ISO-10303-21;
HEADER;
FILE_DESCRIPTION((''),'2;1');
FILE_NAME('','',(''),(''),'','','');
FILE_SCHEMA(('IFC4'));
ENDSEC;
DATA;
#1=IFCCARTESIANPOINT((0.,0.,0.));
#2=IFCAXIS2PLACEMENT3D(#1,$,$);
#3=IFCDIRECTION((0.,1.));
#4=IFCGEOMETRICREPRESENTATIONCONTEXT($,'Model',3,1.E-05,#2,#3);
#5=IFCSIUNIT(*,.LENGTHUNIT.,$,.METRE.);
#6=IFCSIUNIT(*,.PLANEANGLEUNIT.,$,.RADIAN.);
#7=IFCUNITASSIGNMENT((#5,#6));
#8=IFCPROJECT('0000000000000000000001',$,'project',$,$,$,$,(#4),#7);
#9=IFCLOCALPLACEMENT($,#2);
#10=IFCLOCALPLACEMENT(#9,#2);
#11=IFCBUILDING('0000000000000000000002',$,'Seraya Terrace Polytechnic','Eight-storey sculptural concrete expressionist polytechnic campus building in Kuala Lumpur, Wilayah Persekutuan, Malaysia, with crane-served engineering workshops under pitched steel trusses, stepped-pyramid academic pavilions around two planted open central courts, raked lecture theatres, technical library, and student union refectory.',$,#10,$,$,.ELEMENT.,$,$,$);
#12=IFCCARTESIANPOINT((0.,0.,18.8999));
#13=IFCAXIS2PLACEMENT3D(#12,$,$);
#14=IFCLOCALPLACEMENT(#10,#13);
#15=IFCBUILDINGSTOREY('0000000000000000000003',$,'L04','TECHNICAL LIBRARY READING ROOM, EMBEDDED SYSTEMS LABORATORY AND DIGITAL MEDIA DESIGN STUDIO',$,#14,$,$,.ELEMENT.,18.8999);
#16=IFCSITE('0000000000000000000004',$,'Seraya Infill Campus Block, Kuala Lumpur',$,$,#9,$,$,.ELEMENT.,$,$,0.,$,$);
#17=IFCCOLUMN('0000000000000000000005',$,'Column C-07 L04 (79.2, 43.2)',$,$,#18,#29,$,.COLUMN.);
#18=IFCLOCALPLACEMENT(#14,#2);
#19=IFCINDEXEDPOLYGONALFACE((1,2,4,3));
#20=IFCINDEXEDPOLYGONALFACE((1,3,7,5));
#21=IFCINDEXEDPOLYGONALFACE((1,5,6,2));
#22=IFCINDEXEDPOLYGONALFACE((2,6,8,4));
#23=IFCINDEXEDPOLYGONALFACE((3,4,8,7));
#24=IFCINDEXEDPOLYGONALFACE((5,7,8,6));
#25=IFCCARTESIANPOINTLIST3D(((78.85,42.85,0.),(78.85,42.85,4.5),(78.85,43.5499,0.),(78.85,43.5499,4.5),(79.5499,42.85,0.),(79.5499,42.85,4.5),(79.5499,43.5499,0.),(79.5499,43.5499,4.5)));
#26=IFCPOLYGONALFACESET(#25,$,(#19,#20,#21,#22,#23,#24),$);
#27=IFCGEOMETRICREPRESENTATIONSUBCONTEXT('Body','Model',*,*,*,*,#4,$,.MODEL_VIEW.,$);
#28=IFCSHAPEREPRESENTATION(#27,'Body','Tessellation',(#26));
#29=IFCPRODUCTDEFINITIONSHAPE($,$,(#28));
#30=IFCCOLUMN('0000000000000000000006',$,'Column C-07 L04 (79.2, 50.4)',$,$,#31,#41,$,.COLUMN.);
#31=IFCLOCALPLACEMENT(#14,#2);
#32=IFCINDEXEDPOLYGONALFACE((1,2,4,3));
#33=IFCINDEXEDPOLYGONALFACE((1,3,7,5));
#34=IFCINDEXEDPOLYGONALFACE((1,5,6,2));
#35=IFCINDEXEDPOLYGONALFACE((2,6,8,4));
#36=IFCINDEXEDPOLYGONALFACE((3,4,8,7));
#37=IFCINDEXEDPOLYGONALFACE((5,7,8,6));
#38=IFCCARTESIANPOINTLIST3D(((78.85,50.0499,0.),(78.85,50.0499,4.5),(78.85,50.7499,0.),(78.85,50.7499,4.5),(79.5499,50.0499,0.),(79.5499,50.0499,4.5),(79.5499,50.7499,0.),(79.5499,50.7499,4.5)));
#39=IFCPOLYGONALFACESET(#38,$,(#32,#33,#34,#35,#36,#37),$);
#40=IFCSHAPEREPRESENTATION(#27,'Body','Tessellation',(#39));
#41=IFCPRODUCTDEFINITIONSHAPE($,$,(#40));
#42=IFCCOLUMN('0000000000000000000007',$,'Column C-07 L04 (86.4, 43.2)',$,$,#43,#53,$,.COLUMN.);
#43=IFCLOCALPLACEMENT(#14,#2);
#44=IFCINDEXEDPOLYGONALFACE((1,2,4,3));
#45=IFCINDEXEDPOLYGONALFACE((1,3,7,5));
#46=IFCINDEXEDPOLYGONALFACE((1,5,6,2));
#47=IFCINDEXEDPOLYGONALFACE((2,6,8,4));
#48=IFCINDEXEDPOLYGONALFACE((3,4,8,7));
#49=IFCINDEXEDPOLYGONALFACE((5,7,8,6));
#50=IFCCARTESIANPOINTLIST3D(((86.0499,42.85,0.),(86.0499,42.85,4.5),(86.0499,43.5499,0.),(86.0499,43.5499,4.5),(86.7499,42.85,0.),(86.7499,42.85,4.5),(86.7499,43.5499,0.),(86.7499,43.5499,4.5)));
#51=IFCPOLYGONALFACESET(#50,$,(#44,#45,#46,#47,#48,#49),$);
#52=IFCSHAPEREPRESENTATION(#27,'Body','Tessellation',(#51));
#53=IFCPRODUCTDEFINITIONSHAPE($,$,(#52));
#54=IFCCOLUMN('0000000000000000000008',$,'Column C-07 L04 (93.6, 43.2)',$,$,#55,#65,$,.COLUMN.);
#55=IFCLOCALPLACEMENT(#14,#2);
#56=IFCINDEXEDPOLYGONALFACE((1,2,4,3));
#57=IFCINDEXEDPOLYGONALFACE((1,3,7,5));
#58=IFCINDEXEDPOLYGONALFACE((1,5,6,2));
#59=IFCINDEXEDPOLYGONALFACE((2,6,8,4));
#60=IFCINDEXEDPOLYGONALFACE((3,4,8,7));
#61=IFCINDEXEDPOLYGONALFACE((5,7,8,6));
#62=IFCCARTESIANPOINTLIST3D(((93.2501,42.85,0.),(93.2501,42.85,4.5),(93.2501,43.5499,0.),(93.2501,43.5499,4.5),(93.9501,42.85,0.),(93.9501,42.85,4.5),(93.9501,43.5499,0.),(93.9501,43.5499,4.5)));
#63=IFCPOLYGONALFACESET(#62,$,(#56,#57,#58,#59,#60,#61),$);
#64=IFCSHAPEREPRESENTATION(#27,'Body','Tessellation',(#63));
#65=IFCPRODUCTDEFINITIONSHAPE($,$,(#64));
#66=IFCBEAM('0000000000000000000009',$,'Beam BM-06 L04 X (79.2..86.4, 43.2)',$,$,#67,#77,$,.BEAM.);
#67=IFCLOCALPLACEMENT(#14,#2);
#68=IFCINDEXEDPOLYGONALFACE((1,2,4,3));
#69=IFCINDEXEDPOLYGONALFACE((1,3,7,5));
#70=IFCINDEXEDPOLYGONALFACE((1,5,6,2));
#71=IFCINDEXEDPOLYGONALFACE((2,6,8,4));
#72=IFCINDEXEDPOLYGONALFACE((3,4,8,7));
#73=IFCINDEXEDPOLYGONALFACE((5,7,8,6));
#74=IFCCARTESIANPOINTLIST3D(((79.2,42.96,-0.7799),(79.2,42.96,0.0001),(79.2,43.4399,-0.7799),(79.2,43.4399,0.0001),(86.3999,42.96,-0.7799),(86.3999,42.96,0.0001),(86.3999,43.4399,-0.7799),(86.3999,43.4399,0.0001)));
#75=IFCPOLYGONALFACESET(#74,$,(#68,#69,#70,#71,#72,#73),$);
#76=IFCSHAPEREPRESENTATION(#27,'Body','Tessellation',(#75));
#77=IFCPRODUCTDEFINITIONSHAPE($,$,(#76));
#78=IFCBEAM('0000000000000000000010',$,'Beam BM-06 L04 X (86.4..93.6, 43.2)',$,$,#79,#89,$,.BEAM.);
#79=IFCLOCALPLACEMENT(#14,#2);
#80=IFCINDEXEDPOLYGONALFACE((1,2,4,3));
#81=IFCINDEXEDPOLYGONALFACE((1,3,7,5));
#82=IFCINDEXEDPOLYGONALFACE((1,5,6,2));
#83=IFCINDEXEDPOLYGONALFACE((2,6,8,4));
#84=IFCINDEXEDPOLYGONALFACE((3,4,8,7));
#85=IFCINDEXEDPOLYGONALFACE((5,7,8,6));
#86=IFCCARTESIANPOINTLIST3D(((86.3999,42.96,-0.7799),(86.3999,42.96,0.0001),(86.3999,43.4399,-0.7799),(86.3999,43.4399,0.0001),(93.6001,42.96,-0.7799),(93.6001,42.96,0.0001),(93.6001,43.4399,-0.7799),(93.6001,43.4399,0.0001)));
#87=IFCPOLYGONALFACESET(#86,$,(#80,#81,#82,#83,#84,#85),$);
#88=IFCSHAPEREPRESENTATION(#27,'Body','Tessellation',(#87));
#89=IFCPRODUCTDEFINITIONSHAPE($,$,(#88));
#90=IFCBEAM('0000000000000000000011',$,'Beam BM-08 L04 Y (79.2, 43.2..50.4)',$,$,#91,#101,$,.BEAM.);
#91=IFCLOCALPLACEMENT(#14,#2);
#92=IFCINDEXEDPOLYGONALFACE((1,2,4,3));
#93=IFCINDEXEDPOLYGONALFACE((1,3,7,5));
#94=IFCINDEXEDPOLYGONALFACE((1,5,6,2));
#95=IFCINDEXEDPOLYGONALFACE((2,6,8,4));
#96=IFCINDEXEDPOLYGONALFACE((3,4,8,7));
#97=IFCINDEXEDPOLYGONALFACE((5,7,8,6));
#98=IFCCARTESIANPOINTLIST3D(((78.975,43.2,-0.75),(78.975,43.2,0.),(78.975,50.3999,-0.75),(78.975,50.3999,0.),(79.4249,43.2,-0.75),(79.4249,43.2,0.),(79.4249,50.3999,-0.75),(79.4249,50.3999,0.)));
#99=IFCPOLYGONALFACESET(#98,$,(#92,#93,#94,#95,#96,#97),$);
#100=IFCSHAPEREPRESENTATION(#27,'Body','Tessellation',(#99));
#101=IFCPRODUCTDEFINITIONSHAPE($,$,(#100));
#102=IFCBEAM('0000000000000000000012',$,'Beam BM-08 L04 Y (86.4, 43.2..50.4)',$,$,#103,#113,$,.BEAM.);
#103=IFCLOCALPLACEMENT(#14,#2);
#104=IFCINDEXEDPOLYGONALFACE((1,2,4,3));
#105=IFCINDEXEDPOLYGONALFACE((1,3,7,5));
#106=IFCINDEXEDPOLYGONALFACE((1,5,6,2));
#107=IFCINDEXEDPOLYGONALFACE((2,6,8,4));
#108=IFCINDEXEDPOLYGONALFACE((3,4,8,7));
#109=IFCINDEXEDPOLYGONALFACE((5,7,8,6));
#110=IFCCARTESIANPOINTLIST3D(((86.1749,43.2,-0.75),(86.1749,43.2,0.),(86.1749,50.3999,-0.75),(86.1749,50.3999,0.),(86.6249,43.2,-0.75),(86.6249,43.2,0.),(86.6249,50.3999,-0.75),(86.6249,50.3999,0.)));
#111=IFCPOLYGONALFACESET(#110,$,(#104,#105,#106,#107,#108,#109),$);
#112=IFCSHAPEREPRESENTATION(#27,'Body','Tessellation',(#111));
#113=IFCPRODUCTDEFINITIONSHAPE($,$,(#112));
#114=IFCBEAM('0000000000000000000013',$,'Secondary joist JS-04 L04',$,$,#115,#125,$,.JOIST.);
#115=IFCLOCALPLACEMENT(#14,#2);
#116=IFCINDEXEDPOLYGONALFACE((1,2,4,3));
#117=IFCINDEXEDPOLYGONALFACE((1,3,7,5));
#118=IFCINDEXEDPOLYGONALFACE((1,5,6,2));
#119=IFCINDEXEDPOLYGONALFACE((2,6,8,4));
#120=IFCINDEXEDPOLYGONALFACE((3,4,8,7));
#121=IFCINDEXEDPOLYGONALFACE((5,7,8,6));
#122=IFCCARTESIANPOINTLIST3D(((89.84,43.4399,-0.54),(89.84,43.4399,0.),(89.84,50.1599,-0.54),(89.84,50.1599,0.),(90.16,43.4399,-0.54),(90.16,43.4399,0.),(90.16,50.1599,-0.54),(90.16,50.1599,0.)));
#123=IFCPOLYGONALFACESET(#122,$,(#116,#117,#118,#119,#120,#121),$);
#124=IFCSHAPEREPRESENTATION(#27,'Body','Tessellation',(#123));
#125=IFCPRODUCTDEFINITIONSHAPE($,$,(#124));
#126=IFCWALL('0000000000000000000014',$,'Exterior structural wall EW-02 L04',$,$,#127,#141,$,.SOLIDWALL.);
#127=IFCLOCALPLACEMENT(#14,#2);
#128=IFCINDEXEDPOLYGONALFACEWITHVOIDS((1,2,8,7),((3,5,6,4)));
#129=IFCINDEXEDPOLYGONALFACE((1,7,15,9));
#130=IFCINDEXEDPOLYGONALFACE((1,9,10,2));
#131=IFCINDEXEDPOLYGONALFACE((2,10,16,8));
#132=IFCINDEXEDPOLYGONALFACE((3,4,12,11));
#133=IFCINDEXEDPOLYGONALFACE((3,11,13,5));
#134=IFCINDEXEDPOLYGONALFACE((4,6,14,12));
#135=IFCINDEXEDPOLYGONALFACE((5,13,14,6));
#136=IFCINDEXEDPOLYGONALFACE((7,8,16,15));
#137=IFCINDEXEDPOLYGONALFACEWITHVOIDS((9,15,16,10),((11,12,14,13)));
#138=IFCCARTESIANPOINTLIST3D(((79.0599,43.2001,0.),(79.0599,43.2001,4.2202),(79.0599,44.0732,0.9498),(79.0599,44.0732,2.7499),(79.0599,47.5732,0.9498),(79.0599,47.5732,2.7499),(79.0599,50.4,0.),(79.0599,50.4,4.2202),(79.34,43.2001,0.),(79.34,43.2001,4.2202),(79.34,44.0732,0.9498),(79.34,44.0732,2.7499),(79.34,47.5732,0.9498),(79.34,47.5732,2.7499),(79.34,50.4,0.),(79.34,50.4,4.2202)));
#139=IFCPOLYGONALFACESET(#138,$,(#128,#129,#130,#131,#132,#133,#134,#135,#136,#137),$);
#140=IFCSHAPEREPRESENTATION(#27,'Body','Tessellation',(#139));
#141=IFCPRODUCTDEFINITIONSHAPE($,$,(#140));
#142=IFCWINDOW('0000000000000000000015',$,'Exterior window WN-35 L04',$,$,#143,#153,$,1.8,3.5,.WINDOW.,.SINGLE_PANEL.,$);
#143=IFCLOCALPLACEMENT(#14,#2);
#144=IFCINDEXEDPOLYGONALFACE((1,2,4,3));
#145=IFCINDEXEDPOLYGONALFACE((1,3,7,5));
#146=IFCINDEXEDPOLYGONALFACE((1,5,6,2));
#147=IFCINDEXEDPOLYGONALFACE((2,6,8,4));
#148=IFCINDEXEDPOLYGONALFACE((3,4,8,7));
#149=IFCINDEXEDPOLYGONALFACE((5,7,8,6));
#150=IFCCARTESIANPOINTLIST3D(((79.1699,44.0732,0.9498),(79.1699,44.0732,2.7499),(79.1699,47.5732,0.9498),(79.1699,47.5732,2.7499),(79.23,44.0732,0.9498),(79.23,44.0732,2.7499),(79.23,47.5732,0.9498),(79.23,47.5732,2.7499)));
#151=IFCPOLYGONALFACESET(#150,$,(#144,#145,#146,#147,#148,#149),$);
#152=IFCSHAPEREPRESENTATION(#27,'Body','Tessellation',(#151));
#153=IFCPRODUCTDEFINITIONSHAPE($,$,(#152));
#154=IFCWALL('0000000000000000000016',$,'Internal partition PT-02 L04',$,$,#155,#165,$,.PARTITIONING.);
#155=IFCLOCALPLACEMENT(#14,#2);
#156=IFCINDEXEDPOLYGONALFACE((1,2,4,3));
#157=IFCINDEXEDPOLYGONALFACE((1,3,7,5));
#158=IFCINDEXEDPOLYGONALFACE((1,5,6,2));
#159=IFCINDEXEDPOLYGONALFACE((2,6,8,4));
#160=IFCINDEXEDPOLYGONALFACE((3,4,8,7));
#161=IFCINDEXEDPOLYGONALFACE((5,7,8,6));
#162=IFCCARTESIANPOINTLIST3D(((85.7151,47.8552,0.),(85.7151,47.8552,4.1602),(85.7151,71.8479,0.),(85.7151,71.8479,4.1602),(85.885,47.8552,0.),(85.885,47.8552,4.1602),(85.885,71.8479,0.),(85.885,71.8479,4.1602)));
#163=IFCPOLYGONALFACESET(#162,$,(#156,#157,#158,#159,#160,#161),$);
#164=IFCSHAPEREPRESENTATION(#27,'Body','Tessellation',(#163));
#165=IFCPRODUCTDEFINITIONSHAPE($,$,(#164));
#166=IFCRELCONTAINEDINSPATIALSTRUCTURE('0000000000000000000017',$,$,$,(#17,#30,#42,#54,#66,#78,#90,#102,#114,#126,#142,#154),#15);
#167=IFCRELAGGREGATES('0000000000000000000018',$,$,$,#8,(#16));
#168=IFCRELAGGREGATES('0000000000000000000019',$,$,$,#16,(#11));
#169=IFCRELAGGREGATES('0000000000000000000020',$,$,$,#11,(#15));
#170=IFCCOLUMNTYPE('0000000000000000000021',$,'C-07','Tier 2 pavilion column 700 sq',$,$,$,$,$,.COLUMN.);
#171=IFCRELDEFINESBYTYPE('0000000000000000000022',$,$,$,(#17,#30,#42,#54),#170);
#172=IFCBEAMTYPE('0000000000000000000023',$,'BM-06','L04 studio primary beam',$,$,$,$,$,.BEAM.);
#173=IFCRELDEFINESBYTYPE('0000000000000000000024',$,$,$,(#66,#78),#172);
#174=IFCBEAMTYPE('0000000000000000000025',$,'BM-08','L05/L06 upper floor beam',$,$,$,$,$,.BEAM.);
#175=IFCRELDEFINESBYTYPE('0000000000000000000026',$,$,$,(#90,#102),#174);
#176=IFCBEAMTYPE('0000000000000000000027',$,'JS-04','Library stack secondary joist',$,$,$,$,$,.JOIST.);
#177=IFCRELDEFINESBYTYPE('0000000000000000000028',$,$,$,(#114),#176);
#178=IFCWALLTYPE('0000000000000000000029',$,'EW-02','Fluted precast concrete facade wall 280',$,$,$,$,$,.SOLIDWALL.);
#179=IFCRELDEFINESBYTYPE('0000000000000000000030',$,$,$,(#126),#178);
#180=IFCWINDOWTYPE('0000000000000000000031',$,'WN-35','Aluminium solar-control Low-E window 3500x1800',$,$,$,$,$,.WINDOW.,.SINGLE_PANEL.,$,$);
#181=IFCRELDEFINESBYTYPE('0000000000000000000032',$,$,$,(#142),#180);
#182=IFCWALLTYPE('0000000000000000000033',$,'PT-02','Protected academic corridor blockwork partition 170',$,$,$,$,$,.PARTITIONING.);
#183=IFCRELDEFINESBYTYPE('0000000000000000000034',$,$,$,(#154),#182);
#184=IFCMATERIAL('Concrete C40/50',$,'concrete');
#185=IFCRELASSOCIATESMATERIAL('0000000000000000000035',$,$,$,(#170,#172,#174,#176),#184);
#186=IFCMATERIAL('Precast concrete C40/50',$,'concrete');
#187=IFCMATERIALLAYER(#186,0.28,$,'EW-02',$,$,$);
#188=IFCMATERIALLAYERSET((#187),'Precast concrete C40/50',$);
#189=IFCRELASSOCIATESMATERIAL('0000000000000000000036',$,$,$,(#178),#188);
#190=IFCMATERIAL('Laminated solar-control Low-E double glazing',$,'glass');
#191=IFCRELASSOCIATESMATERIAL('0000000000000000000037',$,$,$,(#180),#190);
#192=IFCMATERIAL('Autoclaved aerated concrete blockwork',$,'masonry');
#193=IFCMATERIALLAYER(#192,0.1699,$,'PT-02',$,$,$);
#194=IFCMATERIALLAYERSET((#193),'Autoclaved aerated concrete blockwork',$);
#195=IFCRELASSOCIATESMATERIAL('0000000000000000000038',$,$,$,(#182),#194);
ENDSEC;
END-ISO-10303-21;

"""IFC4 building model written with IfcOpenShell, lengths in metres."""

from ifc_helpers import new_model, si_unit, direction, frame, frame_2d, origin, origin_2d, place, context, subcontext, project, spatial, rectangle, extrude, material, layer, layer_set, material_profile, profile_set, type_object, element, fill, save


model = new_model("IFC4")

# Units and contexts
model_context = context("Model", 3, precision=1e-05, world=origin(), true_north=direction((0.0, 1.0)))
body_context = subcontext(model_context, "Body", "Model", "MODEL_VIEW")
ifc_project = project(units=[si_unit("LENGTHUNIT", "METRE"), si_unit("PLANEANGLEUNIT", "RADIAN")], contexts=[model_context])

# Site, building, storey
site_placement = place(None, origin())
site = spatial("IfcSite", under=ifc_project, at=site_placement, Name="Seraya Infill Campus Block, Kuala Lumpur", CompositionType="ELEMENT", RefElevation=0.0)
building_placement = place(site_placement, origin())
building = spatial("IfcBuilding", under=site, at=building_placement, Name="Seraya Terrace Polytechnic", Description="Eight-storey sculptural concrete expressionist polytechnic campus building in Kuala Lumpur, Wilayah Persekutuan, Malaysia, with crane-served engineering workshops under pitched steel trusses, stepped-pyramid academic pavilions around two planted open central courts, raked lecture theatres, technical library, and student union refectory.", CompositionType="ELEMENT")
storey_placement = place(building_placement, frame((0.0, 0.0, 18.8999)))
storey = spatial("IfcBuildingStorey", under=building, at=storey_placement, Name="L04", Description="TECHNICAL LIBRARY READING ROOM, EMBEDDED SYSTEMS LABORATORY AND DIGITAL MEDIA DESIGN STUDIO", CompositionType="ELEMENT", Elevation=18.8999)

# Columns
ifc_material_1 = material(Name="Concrete C40/50", Category="concrete")
ifc_material_profile_1 = material_profile(ifc_material_1, rectangle(XDim=0.7, YDim=0.7, at=origin_2d()), Name="RC 700x700")
ifc_profile_set_1 = profile_set([ifc_material_profile_1], Name="Concrete C40/50")
column_type = type_object("IfcColumnType", Name="C-07", Description="Tier 2 pavilion column 700 sq", PredefinedType="COLUMN", material=ifc_profile_set_1)
for number, where, z_axis, x_axis, name in (
    (1, (79.2, 43.2, 0.0), (0.0, 0.0, 1.0), (1.0, 0.0, 0.0), "Column C-07 L04 (79.2, 43.2)"),
    (2, (79.2, 50.3999, 0.0), (0.0, 0.0, 1.0), (1.0, 0.0, 0.0), "Column C-07 L04 (79.2, 50.4)"),
    (3, (86.3999, 43.2, 0.0), (0.0, 0.0, 1.0), (1.0, 0.0, 0.0), "Column C-07 L04 (86.4, 43.2)"),
    (4, (93.6001, 43.2, 0.0), (0.0, 0.0, 1.0), (1.0, 0.0, 0.0), "Column C-07 L04 (93.6, 43.2)"),
):
    element("IfcColumn", number, at=place(storey_placement, frame(where, z_axis=z_axis, x_axis=x_axis)), inside=storey, type_object=column_type, Name=name, PredefinedType="COLUMN", context=body_context, shape_type="SweptSolid", body=[
        extrude(rectangle(XDim=0.7, YDim=0.7, at=origin_2d()), origin(), (0.0, 0.0, 1.0), 4.5),
    ])

# Beams
ifc_material_profile_2 = material_profile(ifc_material_1, rectangle(XDim=0.48, YDim=0.78, at=origin_2d()), Name="RC 480x780")
ifc_profile_set_2 = profile_set([ifc_material_profile_2], Name="Concrete C40/50")
beam_type_1 = type_object("IfcBeamType", Name="BM-06", Description="L04 studio primary beam", PredefinedType="BEAM", material=ifc_profile_set_2)
beam_1_placement = place(storey_placement, frame((79.2, 43.2, -0.3899), z_axis=(1.0, 0.0, 0.0), x_axis=(0.0, 1.0, 0.0)))
element("IfcBeam", 5, at=beam_1_placement, inside=storey, type_object=beam_type_1, Name="Beam BM-06 L04 X (79.2..86.4, 43.2)", PredefinedType="BEAM", context=body_context, shape_type="SweptSolid", body=[
    extrude(rectangle(XDim=0.48, YDim=0.78, at=origin_2d()), origin(), (0.0, 0.0, 1.0), 7.2),
])
beam_2_placement = place(storey_placement, frame((86.3999, 43.2, -0.3899), z_axis=(1.0, 0.0, 0.0), x_axis=(0.0, 1.0, 0.0)))
element("IfcBeam", 6, at=beam_2_placement, inside=storey, type_object=beam_type_1, Name="Beam BM-06 L04 X (86.4..93.6, 43.2)", PredefinedType="BEAM", context=body_context, shape_type="SweptSolid", body=[
    extrude(rectangle(XDim=0.48, YDim=0.78, at=origin_2d()), origin(), (0.0, 0.0, 1.0), 7.2002),
])
ifc_material_profile_3 = material_profile(ifc_material_1, rectangle(XDim=0.45, YDim=0.75, at=origin_2d()), Name="RC 450x750")
ifc_profile_set_3 = profile_set([ifc_material_profile_3], Name="Concrete C40/50")
beam_type_2 = type_object("IfcBeamType", Name="BM-08", Description="L05/L06 upper floor beam", PredefinedType="BEAM", material=ifc_profile_set_3)
for number, where, z_axis, x_axis, name in (
    (7, (79.2, 43.2, -0.375), (0.0, 1.0, 0.0), (-1.0, 0.0, 0.0), "Beam BM-08 L04 Y (79.2, 43.2..50.4)"),
    (8, (86.3999, 43.2, -0.375), (0.0, 1.0, 0.0), (-1.0, 0.0, 0.0), "Beam BM-08 L04 Y (86.4, 43.2..50.4)"),
):
    element("IfcBeam", number, at=place(storey_placement, frame(where, z_axis=z_axis, x_axis=x_axis)), inside=storey, type_object=beam_type_2, Name=name, PredefinedType="BEAM", context=body_context, shape_type="SweptSolid", body=[
        extrude(rectangle(XDim=0.45, YDim=0.75, at=origin_2d()), origin(), (0.0, 0.0, 1.0), 7.2),
    ])
ifc_material_profile_4 = material_profile(ifc_material_1, rectangle(XDim=0.3201, YDim=0.54, at=origin_2d()), Name="RC 320x540")
ifc_profile_set_4 = profile_set([ifc_material_profile_4], Name="Concrete C40/50")
beam_type_3 = type_object("IfcBeamType", Name="JS-04", Description="Library stack secondary joist", PredefinedType="JOIST", material=ifc_profile_set_4)
beam_3_placement = place(storey_placement, frame((90.0, 43.4399, -0.27), z_axis=(0.0, 1.0, 0.0), x_axis=(-1.0, 0.0, 0.0)))
element("IfcBeam", 9, at=beam_3_placement, inside=storey, type_object=beam_type_3, Name="Secondary joist JS-04 L04", PredefinedType="JOIST", context=body_context, shape_type="SweptSolid", body=[
    extrude(rectangle(XDim=0.3201, YDim=0.54, at=origin_2d()), origin(), (0.0, 0.0, 1.0), 6.72),
])

# Wall, opening, window
ifc_material_2 = material(Name="Precast concrete C40/50", Category="concrete")
ifc_layer_1 = layer(ifc_material_2, 0.28, Name="EW-02")
ifc_layer_set_1 = layer_set([ifc_layer_1], Name="Precast concrete C40/50")
wall_type_1 = type_object("IfcWallType", Name="EW-02", Description="Fluted precast concrete facade wall 280", PredefinedType="SOLIDWALL", material=ifc_layer_set_1)
wall_1_placement = place(storey_placement, frame((79.2, 43.2, 0.0), z_axis=(0.0, 0.0, 1.0), x_axis=(0.0, 1.0, 0.0)))
wall_1 = element("IfcWall", 10, at=wall_1_placement, inside=storey, type_object=wall_type_1, Name="Exterior structural wall EW-02 L04", PredefinedType="SOLIDWALL", context=body_context, shape_type="SweptSolid", body=[
    extrude(rectangle(XDim=7.2, YDim=0.28, at=frame_2d((3.6001, 0.0))), origin(), (0.0, 0.0, 1.0), 4.2202),
])
opening_1_placement = place(wall_1_placement, frame((0.8733, 0.0, 0.95)))
opening_1 = element("IfcOpeningElement", 11, at=opening_1_placement, cuts=wall_1, PredefinedType="OPENING", context=body_context, shape_type="SweptSolid", body=[
    extrude(rectangle(XDim=3.5, YDim=1.8, at=frame_2d((1.75, 0.8999))), frame((0.0, 0.1519, 0.0), z_axis=(0.0, -1.0, 0.0), x_axis=(1.0, 0.0, 0.0)), (0.0, 0.0, 1.0), 0.304),
])
ifc_material_3 = material(Name="Laminated solar-control Low-E double glazing", Category="glass")
window_type = type_object("IfcWindowType", Name="WN-35", Description="Aluminium solar-control Low-E window 3500x1800", PartitioningType="SINGLE_PANEL", PredefinedType="WINDOW", material=ifc_material_3)
window_placement = place(opening_1_placement, origin())
window = element("IfcWindow", 12, at=window_placement, inside=storey, type_object=window_type, Name="Exterior window WN-35 L04", OverallHeight=1.8, OverallWidth=3.5, PartitioningType="SINGLE_PANEL", PredefinedType="WINDOW", context=body_context, shape_type="SweptSolid", body=[
    extrude(rectangle(XDim=3.5, YDim=1.8, at=frame_2d((1.75, 0.8999))), frame((0.0, 0.03, 0.0), z_axis=(0.0, -1.0, 0.0), x_axis=(1.0, 0.0, 0.0)), (0.0, 0.0, 1.0), 0.0601),
])
fill(opening_1, window)

# Wall
ifc_material_4 = material(Name="Autoclaved aerated concrete blockwork", Category="masonry")
ifc_layer_2 = layer(ifc_material_4, 0.1699, Name="PT-02")
ifc_layer_set_2 = layer_set([ifc_layer_2], Name="Autoclaved aerated concrete blockwork")
wall_type_2 = type_object("IfcWallType", Name="PT-02", Description="Protected academic corridor blockwork partition 170", PredefinedType="PARTITIONING", material=ifc_layer_set_2)
wall_2_placement = place(storey_placement, frame((85.8, 47.8552, 0.0), z_axis=(0.0, 0.0, 1.0), x_axis=(0.0, 1.0, 0.0)))
element("IfcWall", 13, at=wall_2_placement, inside=storey, type_object=wall_type_2, Name="Internal partition PT-02 L04", PredefinedType="PARTITIONING", context=body_context, shape_type="SweptSolid", body=[
    extrude(rectangle(XDim=23.9927, YDim=0.1699, at=frame_2d((11.9963, 0.0))), origin(), (0.0, 0.0, 1.0), 4.1602),
])

save(model, "model.ifc")
